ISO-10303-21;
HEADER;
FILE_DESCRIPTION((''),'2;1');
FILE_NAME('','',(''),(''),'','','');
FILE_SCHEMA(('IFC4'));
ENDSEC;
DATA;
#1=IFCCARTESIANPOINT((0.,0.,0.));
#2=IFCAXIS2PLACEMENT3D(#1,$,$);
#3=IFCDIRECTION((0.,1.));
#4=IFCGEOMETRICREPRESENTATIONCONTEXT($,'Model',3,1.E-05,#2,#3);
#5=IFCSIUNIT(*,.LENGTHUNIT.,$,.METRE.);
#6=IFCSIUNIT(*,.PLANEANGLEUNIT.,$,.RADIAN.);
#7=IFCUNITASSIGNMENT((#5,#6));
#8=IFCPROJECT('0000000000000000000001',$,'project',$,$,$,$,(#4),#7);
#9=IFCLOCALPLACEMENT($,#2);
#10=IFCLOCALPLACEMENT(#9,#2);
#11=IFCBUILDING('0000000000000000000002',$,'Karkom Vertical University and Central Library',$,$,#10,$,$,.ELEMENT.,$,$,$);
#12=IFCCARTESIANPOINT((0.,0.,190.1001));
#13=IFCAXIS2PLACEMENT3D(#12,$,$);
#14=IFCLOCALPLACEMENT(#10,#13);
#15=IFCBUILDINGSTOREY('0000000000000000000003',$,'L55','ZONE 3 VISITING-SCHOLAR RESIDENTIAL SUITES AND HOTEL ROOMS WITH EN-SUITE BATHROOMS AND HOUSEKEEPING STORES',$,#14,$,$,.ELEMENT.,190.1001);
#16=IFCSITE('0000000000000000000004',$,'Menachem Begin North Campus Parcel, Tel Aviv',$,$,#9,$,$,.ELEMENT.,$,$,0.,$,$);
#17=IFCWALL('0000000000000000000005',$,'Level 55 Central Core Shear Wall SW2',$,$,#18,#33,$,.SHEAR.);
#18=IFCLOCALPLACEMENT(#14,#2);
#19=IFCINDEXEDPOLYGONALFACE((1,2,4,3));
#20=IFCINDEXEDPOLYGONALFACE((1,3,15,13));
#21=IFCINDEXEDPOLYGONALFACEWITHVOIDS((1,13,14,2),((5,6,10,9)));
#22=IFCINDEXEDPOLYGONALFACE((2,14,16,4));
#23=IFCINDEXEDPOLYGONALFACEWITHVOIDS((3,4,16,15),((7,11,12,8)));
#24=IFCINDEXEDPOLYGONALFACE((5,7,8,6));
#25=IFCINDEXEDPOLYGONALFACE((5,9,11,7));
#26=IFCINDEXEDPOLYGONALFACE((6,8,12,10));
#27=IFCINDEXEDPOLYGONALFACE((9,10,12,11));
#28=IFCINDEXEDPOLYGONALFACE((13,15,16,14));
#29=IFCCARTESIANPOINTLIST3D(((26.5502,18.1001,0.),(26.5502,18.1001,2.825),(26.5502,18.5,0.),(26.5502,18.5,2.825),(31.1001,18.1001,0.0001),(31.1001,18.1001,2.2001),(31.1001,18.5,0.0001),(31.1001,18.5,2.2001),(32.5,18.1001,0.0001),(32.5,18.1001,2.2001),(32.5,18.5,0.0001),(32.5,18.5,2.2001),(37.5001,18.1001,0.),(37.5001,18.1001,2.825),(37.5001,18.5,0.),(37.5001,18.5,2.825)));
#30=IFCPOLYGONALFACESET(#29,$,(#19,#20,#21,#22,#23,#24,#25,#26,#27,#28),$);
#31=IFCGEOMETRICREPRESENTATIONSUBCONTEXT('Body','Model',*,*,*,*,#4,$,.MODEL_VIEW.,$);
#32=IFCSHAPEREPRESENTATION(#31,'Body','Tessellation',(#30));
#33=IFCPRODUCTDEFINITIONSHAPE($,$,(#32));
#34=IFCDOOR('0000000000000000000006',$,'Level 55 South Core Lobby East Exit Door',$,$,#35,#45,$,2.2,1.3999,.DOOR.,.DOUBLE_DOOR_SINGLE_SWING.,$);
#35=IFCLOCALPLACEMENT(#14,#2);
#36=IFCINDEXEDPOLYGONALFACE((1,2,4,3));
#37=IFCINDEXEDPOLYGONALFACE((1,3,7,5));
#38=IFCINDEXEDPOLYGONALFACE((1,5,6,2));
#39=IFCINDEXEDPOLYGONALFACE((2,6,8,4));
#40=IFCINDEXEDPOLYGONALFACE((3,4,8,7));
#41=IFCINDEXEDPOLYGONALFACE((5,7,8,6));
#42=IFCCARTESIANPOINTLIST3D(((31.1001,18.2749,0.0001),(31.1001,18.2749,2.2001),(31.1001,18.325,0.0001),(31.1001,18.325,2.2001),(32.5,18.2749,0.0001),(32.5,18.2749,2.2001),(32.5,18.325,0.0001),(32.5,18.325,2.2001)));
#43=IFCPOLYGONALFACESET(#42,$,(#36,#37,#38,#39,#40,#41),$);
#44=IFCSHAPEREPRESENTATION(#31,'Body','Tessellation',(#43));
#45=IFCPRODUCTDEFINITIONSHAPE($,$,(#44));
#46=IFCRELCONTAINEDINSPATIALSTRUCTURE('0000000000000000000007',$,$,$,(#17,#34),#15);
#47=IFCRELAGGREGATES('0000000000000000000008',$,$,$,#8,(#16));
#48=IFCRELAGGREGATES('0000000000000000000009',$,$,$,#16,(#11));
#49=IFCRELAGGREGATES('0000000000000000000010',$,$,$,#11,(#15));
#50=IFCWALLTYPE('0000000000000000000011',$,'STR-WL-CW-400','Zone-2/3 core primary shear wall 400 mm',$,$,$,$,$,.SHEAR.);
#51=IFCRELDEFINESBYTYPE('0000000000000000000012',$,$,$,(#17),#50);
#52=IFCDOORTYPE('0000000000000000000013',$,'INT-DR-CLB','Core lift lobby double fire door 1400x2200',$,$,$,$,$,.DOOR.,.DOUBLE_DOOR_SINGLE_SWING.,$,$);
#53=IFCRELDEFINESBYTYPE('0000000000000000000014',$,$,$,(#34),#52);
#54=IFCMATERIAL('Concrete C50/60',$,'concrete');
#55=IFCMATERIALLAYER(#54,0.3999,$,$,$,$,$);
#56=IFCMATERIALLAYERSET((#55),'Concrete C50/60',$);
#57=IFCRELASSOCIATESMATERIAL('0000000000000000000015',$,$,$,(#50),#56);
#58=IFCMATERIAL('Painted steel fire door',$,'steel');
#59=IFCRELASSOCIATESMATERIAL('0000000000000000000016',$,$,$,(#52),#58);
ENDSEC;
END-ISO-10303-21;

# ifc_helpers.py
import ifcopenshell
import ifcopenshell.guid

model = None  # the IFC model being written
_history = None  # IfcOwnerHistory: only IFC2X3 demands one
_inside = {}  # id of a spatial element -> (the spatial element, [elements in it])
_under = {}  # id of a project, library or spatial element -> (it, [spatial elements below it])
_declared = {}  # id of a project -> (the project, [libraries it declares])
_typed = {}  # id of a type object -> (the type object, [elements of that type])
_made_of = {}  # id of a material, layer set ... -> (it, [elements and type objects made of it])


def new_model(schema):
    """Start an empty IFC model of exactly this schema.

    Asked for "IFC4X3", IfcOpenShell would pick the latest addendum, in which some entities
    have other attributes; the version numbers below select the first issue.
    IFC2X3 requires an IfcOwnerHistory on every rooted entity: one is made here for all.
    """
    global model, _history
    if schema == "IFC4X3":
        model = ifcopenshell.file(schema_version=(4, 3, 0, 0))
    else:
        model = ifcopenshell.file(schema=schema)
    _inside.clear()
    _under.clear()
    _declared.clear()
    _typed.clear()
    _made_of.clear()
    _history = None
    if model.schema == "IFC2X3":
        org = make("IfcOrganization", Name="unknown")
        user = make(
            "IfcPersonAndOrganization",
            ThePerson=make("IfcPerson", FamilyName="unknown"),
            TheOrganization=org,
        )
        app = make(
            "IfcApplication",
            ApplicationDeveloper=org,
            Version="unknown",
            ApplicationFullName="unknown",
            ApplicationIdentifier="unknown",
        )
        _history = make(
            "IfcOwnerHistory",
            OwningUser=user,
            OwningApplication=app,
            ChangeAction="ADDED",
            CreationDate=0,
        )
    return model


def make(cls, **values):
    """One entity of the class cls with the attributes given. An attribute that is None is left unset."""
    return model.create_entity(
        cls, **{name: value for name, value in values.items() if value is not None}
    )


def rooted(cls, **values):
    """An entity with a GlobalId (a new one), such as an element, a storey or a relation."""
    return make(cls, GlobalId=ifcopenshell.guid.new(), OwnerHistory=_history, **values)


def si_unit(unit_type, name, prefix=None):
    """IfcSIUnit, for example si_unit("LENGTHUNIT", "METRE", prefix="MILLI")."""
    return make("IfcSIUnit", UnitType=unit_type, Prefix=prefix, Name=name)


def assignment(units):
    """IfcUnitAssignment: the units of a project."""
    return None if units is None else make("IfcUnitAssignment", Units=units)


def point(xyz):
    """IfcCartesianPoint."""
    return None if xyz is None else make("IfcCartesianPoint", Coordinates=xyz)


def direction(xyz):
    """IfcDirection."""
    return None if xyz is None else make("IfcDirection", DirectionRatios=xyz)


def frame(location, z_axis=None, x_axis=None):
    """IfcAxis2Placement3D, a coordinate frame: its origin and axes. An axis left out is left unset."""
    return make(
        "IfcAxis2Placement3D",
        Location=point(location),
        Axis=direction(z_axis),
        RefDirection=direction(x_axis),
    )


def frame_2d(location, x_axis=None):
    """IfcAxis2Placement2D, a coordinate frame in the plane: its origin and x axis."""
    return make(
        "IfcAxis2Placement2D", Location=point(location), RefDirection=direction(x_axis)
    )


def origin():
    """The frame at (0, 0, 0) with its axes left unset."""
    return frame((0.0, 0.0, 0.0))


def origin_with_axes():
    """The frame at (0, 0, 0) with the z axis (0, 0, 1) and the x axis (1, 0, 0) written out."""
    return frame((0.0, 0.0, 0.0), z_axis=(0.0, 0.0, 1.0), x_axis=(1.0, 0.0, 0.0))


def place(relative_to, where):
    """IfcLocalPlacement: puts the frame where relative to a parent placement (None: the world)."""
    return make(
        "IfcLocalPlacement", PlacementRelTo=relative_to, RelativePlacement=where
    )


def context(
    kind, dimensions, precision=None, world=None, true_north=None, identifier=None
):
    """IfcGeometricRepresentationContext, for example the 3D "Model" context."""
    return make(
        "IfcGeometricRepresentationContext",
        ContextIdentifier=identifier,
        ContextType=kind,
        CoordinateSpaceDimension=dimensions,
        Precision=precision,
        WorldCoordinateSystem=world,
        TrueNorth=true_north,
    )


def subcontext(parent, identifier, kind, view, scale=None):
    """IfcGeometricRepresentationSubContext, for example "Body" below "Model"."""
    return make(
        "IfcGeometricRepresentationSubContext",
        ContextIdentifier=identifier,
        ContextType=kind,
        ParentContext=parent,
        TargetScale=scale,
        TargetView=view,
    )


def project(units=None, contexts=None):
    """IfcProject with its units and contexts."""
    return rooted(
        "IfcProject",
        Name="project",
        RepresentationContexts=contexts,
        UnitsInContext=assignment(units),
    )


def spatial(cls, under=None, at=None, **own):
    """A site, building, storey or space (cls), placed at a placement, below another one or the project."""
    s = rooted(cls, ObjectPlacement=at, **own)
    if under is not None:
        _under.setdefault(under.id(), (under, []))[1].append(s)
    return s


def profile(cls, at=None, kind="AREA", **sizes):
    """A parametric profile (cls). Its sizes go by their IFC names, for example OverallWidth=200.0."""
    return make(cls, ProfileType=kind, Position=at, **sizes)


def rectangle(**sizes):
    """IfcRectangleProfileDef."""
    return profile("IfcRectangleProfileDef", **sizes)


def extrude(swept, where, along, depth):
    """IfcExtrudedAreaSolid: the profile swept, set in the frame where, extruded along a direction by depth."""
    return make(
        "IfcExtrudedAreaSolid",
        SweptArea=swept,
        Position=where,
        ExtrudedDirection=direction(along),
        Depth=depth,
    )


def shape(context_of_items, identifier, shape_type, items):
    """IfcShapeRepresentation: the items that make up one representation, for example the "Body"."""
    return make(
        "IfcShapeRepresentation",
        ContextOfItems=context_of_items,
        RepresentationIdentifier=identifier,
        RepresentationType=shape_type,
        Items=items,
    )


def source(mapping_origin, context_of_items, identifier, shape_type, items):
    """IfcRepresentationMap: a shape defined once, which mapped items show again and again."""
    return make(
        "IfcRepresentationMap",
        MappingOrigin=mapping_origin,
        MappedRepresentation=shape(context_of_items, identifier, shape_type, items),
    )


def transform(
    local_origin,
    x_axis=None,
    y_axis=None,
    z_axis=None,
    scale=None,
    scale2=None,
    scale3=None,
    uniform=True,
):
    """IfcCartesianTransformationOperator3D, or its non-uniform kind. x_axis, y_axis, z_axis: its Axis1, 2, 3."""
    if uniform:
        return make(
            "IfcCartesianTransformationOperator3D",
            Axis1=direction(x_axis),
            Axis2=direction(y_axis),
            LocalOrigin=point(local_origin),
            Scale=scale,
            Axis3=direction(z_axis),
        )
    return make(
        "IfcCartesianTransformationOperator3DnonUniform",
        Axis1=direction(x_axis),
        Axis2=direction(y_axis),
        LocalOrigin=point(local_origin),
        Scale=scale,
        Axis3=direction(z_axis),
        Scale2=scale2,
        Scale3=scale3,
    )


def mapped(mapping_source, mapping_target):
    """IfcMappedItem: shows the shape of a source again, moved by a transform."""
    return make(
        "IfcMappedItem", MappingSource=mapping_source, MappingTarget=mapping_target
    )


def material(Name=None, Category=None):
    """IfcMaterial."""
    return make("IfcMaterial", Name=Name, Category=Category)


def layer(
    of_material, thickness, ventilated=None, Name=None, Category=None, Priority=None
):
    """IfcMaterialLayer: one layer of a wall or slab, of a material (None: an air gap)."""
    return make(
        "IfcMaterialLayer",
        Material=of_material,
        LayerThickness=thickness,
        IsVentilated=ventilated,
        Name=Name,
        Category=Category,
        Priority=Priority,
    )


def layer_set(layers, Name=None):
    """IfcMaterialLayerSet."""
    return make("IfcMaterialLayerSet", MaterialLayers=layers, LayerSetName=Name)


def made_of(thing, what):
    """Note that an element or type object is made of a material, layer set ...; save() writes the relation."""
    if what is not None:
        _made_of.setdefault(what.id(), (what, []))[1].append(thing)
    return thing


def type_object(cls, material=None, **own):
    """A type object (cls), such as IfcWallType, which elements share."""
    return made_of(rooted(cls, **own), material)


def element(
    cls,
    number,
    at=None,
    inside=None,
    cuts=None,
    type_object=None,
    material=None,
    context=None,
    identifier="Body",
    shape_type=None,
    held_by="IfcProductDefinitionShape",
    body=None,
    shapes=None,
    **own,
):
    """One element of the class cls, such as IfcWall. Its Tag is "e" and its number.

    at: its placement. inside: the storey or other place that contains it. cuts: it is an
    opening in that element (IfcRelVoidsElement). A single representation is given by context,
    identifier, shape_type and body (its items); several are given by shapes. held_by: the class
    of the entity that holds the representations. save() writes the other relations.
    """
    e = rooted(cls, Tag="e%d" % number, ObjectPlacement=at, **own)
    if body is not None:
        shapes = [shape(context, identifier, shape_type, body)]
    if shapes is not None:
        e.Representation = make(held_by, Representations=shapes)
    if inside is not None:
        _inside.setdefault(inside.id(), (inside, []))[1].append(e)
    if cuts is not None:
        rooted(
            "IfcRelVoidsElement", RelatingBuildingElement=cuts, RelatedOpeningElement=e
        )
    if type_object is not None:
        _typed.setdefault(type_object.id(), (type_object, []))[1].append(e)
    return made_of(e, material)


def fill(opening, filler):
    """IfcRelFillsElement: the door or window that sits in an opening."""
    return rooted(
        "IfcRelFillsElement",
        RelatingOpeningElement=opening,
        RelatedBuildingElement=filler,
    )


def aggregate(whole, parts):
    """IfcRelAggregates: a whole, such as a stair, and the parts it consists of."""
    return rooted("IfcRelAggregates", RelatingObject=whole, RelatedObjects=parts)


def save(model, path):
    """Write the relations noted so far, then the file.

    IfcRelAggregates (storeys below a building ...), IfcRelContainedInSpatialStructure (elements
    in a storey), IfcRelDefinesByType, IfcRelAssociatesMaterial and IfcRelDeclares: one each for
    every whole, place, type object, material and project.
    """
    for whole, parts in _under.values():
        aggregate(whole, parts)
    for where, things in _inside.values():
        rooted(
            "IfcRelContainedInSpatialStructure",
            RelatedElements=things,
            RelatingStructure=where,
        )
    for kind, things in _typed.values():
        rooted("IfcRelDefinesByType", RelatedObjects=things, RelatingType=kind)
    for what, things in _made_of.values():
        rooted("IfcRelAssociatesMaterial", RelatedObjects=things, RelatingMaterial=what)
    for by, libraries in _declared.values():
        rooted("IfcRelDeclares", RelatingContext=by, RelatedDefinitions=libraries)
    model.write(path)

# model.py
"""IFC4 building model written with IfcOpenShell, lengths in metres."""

from ifc_helpers import new_model, si_unit, direction, frame, frame_2d, origin, origin_with_axes, place, context, subcontext, project, spatial, rectangle, extrude, source, transform, mapped, material, layer, layer_set, type_object, element, fill, save


model = new_model("IFC4")

# Units and contexts
model_context = context("Model", 3, precision=1e-05, world=origin(), true_north=direction((0.0, 1.0)))
body_context = subcontext(model_context, "Body", "Model", "MODEL_VIEW")
ifc_project = project(units=[si_unit("LENGTHUNIT", "METRE"), si_unit("PLANEANGLEUNIT", "RADIAN")], contexts=[model_context])

# Site, building, storey
site_placement = place(None, origin())
site = spatial("IfcSite", under=ifc_project, at=site_placement, Name="Menachem Begin North Campus Parcel, Tel Aviv", CompositionType="ELEMENT", RefElevation=0.0)
building_placement = place(site_placement, origin())
building = spatial("IfcBuilding", under=site, at=building_placement, Name="Karkom Vertical University and Central Library", CompositionType="ELEMENT")
storey_placement = place(building_placement, frame((0.0, 0.0, 190.1001)))
storey = spatial("IfcBuildingStorey", under=building, at=storey_placement, Name="L55", Description="ZONE 3 VISITING-SCHOLAR RESIDENTIAL SUITES AND HOTEL ROOMS WITH EN-SUITE BATHROOMS AND HOUSEKEEPING STORES", CompositionType="ELEMENT", Elevation=190.1001)

# Shared definitions
ifc_material_1 = material(Name="Concrete C50/60", Category="concrete")

# Wall, opening, door
ifc_layer_1 = layer(ifc_material_1, 0.3999)
ifc_layer_set_1 = layer_set([ifc_layer_1], Name="Concrete C50/60")
wall_type_1 = type_object("IfcWallType", Name="STR-WL-CW-400", Description="Zone-2/3 core primary shear wall 400 mm", PredefinedType="SHEAR", material=ifc_layer_set_1)
ifc_material_2 = material(Name="Painted steel fire door", Category="steel")
door_type = type_object("IfcDoorType", Name="INT-DR-CLB", Description="Core lift lobby double fire door 1400x2200", OperationType="DOUBLE_DOOR_SINGLE_SWING", PredefinedType="DOOR", material=ifc_material_2)
shared_shape_1 = source(origin_with_axes(), body_context, "Body", "SweptSolid", [
    extrude(rectangle(XDim=1.3999, YDim=2.2, at=frame_2d((0.7, 1.1001))), frame((0.0, 0.0249, 0.0), z_axis=(0.0, -1.0, 0.0), x_axis=(1.0, 0.0, 0.0)), (0.0, 0.0, 1.0), 0.05),
])
wall_1_placement = place(storey_placement, frame((26.55, 18.3, 0.0), z_axis=(0.0, 0.0, 1.0), x_axis=(1.0, 0.0, 0.0)))
wall_1 = element("IfcWall", 1, at=wall_1_placement, inside=storey, type_object=wall_type_1, Name="Level 55 Central Core Shear Wall SW2", PredefinedType="SHEAR", context=body_context, shape_type="SweptSolid", body=[
    extrude(rectangle(XDim=10.95, YDim=0.3999, at=frame_2d((5.4751, 0.0))), origin(), (0.0, 0.0, 1.0), 2.825),
])
opening_1_placement = place(wall_1_placement, frame((4.55, 0.0, 0.0)))
opening_1 = element("IfcOpeningElement", 2, at=opening_1_placement, cuts=wall_1, PredefinedType="OPENING", context=body_context, shape_type="SweptSolid", body=[
    extrude(rectangle(XDim=1.3999, YDim=2.2, at=frame_2d((0.7, 1.1001))), frame((0.0, 0.21, 0.0), z_axis=(0.0, -1.0, 0.0), x_axis=(1.0, 0.0, 0.0)), (0.0, 0.0, 1.0), 0.4199),
])
door_1_placement = place(opening_1_placement, origin())
door_1 = element("IfcDoor", 3, at=door_1_placement, inside=storey, type_object=door_type, Name="Level 55 South Core Lobby East Exit Door", OperationType="DOUBLE_DOOR_SINGLE_SWING", OverallHeight=2.2, OverallWidth=1.3999, PredefinedType="DOOR", context=body_context, shape_type="MappedRepresentation", body=[
    mapped(shared_shape_1, transform((0.0, 0.0, 0.0), scale=1.0)),
])
fill(opening_1, door_1)

save(model, "model.ifc")
